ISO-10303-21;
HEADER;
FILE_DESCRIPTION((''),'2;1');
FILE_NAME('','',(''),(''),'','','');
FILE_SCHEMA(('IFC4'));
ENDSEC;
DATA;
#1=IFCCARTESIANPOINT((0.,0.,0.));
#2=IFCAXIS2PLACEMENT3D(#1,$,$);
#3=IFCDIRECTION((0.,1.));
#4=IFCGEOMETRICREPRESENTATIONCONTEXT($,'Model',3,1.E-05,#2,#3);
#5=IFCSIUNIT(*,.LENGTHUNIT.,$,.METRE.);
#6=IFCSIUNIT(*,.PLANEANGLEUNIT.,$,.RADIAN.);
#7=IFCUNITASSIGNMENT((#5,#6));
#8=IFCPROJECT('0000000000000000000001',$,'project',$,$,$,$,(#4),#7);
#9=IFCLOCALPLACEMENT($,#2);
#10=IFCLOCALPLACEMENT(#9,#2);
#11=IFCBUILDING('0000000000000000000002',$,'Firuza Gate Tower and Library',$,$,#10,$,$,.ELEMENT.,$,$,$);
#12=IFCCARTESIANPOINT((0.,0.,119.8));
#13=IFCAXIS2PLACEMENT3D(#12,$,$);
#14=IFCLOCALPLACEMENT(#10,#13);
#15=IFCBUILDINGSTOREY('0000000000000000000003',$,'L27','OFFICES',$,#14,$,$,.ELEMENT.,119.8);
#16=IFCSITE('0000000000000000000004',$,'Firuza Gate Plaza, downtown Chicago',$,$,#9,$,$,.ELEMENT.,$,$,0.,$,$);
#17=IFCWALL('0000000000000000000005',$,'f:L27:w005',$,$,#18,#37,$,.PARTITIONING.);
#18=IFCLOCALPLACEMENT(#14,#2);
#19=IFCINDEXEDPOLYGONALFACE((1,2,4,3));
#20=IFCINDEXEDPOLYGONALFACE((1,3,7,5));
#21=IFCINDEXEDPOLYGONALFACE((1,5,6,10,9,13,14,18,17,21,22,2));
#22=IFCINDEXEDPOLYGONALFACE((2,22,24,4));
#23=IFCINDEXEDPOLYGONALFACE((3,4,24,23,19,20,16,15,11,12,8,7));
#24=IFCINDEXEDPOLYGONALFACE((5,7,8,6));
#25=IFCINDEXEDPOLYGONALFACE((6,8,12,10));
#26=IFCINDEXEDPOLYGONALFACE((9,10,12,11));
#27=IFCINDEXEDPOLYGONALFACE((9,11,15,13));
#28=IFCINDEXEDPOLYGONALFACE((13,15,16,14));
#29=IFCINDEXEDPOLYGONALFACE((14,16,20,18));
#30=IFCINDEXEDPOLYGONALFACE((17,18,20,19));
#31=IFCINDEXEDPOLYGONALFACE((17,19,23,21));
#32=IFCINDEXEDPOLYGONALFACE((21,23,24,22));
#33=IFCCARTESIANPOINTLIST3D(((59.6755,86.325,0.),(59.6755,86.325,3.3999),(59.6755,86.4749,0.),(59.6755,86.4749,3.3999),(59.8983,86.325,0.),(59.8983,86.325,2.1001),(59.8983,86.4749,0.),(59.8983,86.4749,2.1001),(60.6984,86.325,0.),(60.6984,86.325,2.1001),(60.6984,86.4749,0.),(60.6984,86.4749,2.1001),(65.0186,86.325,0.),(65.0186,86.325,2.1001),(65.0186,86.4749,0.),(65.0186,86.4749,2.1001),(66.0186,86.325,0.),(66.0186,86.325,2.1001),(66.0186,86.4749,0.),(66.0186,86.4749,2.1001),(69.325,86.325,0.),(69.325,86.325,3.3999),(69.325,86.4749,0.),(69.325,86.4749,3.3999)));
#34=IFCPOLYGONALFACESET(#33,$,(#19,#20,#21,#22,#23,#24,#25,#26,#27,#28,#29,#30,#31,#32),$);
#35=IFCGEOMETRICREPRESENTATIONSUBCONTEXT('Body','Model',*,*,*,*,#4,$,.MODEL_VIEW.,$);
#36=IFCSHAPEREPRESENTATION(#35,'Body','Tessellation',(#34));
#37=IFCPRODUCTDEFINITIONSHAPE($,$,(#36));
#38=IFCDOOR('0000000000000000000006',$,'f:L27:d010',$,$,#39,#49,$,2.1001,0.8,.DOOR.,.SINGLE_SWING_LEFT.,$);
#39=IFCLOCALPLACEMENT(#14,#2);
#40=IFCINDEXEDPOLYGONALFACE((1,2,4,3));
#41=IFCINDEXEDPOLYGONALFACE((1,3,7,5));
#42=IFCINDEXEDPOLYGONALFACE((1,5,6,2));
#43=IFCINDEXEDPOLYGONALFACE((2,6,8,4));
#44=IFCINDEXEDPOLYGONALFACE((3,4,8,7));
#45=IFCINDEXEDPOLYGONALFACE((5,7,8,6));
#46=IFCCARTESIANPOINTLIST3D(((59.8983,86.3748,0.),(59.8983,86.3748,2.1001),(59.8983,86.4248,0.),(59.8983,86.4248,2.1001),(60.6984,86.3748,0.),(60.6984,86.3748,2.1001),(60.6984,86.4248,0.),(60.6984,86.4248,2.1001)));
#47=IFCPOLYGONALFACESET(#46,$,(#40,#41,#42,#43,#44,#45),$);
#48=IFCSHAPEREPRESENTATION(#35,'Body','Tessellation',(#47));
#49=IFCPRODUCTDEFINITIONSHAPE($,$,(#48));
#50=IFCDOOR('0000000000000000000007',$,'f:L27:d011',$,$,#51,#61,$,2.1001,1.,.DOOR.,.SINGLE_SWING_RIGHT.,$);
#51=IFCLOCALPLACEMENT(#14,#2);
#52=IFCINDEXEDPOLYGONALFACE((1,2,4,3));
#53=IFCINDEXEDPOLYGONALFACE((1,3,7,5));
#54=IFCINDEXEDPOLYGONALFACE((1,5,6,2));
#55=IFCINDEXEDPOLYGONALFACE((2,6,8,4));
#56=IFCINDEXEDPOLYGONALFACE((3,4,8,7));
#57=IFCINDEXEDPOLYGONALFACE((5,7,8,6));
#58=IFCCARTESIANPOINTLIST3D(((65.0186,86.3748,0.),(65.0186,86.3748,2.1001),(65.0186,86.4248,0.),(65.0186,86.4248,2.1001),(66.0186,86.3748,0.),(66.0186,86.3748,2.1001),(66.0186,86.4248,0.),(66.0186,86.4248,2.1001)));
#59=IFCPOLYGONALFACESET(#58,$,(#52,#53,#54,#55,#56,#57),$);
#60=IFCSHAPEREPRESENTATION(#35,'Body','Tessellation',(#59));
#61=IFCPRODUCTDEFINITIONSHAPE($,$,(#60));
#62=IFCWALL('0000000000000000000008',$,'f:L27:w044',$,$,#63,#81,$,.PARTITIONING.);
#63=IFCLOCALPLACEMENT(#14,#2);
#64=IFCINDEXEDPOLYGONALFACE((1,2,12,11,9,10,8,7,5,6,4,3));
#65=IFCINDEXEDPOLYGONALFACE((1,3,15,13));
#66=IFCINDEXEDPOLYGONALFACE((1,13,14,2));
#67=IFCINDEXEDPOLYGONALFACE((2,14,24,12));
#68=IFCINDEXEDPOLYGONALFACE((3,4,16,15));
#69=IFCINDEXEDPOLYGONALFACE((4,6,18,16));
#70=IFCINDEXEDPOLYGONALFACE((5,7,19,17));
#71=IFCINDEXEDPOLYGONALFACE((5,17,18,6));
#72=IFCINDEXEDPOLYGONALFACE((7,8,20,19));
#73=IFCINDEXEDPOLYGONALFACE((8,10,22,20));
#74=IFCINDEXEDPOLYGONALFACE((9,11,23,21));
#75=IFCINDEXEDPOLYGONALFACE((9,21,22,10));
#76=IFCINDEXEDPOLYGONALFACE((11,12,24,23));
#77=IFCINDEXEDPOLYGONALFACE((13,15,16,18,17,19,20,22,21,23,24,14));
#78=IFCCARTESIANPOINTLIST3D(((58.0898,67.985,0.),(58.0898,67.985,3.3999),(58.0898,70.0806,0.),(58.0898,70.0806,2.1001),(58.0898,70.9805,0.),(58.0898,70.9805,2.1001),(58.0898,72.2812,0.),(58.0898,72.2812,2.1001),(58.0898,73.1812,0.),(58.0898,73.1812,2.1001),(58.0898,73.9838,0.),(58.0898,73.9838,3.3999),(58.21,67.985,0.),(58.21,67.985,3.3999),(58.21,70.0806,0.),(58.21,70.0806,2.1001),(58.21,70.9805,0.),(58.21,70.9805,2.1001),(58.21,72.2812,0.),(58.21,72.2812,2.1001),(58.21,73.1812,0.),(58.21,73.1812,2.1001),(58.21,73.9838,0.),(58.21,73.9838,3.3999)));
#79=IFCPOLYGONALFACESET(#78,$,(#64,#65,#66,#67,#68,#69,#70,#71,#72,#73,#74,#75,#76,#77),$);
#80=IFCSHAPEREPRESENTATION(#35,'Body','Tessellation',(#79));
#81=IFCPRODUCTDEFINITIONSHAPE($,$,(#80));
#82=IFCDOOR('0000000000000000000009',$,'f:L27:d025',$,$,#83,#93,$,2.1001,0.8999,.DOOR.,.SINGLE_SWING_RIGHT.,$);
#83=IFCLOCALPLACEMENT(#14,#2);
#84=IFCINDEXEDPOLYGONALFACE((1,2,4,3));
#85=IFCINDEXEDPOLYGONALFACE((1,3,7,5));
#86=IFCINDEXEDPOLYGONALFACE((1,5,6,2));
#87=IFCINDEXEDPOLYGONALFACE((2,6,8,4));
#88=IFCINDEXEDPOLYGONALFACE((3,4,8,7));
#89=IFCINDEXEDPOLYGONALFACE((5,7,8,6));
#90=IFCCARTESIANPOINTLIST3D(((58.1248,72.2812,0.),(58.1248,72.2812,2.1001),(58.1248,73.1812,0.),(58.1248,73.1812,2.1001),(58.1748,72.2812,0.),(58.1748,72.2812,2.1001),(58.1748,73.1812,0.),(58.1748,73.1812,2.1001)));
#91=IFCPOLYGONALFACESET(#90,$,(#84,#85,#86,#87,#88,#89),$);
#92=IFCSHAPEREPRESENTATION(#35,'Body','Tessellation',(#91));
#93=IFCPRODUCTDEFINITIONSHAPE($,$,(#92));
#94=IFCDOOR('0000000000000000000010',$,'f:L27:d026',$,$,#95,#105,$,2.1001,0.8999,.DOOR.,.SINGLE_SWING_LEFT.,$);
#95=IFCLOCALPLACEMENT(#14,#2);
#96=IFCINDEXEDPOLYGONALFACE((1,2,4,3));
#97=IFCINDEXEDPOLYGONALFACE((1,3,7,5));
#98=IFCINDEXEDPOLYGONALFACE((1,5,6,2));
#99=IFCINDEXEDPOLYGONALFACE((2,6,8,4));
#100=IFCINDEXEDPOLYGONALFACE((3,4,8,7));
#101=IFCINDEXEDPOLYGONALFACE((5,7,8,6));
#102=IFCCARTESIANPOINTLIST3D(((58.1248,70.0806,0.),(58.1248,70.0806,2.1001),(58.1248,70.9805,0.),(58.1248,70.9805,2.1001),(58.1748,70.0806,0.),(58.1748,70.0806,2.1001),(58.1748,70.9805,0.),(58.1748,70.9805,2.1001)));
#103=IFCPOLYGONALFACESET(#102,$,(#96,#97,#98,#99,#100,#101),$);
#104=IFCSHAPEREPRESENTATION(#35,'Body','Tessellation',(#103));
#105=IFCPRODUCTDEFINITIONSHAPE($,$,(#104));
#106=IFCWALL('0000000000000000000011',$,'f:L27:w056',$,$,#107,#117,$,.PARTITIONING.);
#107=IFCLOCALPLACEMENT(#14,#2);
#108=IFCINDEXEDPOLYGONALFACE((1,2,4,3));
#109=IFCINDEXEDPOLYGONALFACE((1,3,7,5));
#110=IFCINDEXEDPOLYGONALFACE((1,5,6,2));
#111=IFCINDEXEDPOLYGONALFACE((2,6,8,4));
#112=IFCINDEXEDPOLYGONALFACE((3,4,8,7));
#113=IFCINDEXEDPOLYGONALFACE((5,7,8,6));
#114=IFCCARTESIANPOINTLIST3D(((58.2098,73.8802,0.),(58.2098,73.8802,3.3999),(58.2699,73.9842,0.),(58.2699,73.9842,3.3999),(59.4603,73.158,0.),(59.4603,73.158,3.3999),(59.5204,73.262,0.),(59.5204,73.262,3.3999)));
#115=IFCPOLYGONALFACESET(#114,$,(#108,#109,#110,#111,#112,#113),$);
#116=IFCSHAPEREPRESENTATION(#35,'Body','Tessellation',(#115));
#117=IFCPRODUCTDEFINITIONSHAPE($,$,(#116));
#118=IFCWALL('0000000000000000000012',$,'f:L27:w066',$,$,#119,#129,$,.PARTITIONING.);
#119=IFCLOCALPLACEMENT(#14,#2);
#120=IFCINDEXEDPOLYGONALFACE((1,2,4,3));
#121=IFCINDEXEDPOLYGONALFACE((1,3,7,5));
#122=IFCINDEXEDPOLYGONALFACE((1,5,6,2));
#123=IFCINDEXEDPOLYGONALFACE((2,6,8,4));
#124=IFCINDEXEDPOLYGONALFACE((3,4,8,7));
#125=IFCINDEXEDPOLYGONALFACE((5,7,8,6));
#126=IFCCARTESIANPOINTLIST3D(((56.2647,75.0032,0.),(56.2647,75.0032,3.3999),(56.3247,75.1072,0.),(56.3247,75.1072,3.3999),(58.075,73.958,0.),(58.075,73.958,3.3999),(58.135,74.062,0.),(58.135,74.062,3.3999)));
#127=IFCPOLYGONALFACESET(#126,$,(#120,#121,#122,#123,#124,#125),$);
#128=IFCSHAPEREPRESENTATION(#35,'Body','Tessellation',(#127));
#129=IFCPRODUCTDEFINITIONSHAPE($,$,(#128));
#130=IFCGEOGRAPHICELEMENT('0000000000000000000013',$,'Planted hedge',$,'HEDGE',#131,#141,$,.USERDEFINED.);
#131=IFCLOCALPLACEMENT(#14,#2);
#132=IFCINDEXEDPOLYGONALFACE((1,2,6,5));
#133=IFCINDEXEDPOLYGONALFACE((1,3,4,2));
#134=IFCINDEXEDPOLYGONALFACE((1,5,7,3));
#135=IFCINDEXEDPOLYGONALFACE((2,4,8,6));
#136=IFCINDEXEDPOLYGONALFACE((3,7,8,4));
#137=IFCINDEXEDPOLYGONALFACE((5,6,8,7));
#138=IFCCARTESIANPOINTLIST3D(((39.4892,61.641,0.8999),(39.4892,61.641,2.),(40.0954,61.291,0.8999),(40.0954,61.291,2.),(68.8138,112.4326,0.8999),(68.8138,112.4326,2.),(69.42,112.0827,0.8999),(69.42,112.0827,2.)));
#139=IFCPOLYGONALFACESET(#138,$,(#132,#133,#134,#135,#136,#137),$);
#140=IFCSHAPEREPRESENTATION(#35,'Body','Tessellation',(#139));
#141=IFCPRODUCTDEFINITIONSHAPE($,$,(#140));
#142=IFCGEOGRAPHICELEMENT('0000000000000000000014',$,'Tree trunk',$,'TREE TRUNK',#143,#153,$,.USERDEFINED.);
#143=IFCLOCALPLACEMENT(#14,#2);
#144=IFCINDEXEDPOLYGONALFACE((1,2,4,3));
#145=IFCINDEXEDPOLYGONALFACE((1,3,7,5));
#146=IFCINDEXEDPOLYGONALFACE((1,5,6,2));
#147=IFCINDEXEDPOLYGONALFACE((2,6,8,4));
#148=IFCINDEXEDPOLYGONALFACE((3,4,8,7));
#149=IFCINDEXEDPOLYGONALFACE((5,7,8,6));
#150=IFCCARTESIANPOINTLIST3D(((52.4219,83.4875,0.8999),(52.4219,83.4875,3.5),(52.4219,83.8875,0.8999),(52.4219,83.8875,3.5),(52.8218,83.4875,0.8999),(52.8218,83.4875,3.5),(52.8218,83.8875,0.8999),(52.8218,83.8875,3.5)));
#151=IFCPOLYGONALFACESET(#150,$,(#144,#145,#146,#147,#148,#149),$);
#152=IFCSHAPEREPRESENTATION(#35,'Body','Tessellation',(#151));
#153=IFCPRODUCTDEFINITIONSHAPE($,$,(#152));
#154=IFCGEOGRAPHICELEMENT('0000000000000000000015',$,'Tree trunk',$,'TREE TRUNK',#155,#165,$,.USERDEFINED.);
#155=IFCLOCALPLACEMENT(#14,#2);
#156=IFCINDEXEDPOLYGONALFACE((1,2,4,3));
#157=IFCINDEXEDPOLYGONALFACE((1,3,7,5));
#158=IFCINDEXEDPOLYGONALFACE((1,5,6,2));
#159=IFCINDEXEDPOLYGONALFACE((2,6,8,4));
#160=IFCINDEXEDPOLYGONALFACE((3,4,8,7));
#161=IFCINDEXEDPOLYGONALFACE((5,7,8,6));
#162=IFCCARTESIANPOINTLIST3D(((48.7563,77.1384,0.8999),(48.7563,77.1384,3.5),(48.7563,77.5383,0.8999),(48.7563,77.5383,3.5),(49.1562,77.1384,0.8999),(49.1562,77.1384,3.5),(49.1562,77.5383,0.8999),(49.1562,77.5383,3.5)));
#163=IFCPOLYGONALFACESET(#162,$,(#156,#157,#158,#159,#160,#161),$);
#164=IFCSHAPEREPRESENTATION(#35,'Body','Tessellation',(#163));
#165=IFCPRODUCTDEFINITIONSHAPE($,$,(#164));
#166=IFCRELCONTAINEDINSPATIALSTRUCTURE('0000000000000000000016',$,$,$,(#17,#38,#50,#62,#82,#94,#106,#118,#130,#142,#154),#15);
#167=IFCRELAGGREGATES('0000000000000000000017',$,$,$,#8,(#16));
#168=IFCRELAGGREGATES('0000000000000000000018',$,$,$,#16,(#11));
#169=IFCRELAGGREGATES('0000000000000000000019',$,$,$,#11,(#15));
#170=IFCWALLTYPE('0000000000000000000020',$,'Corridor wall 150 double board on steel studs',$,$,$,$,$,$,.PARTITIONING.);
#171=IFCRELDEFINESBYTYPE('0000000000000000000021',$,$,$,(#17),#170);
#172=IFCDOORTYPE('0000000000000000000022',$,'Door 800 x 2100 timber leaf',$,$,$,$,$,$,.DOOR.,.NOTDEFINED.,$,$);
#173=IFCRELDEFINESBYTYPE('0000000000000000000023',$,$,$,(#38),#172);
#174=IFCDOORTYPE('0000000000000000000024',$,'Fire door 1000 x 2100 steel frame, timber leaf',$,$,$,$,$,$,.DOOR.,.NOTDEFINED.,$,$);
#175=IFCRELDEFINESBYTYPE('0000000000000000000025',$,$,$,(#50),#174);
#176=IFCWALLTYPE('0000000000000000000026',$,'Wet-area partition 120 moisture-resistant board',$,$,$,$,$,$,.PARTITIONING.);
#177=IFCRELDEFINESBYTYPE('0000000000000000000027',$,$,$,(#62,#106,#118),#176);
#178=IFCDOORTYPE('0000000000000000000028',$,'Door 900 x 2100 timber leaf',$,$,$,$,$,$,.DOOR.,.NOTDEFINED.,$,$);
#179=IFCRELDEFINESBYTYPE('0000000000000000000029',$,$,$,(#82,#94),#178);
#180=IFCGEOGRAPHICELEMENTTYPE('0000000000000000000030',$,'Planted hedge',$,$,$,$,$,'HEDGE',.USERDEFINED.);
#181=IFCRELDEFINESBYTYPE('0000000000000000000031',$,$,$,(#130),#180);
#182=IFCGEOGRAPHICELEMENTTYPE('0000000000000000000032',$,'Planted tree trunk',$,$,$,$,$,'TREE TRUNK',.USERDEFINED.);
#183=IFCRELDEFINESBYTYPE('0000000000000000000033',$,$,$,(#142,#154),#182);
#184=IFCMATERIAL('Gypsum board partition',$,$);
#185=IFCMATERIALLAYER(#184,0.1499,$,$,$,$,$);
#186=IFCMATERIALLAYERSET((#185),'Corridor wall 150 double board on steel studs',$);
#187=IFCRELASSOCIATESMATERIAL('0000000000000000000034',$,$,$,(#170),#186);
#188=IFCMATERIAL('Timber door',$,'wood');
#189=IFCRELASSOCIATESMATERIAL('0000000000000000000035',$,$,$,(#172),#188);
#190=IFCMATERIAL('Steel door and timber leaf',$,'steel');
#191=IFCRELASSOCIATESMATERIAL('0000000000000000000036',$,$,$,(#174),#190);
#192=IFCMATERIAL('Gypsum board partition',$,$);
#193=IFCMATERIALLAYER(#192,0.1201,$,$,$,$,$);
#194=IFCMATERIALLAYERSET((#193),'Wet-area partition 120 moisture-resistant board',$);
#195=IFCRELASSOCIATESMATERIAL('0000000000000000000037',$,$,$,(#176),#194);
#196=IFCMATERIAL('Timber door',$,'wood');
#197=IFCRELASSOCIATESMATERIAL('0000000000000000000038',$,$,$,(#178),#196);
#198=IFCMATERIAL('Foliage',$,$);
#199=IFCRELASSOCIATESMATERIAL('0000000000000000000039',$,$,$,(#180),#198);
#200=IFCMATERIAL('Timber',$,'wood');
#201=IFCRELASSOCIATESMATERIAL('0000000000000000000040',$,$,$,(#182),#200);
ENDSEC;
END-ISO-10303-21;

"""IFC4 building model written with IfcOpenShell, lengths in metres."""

from ifc_helpers import new_model, si_unit, direction, frame, frame_2d, origin, origin_2d, place, context, subcontext, project, spatial, rectangle, extrude, material, layer, layer_set, type_object, element, fill, save


model = new_model("IFC4")

# Units and contexts
model_context = context("Model", 3, precision=1e-05, world=origin(), true_north=direction((0.0, 1.0)))
body_context = subcontext(model_context, "Body", "Model", "MODEL_VIEW")
ifc_project = project(units=[si_unit("LENGTHUNIT", "METRE"), si_unit("PLANEANGLEUNIT", "RADIAN")], contexts=[model_context])

# Site, building, storey
site_placement = place(None, origin())
site = spatial("IfcSite", under=ifc_project, at=site_placement, Name="Firuza Gate Plaza, downtown Chicago", CompositionType="ELEMENT", RefElevation=0.0)
building_placement = place(site_placement, origin())
building = spatial("IfcBuilding", under=site, at=building_placement, Name="Firuza Gate Tower and Library", CompositionType="ELEMENT")
storey_placement = place(building_placement, frame((0.0, 0.0, 119.8)))
storey = spatial("IfcBuildingStorey", under=building, at=storey_placement, Name="L27", Description="OFFICES", CompositionType="ELEMENT", Elevation=119.8)

# Walls, openings, doors
ifc_material_1 = material(Name="Gypsum board partition")
ifc_layer_1 = layer(ifc_material_1, 0.1499)
ifc_layer_set_1 = layer_set([ifc_layer_1], Name="Corridor wall 150 double board on steel studs")
wall_type_1 = type_object("IfcWallType", Name="Corridor wall 150 double board on steel studs", PredefinedType="PARTITIONING", material=ifc_layer_set_1)
wall_1_placement = place(storey_placement, frame((59.6755, 86.3999, 0.0), z_axis=(0.0, 0.0, 1.0), x_axis=(1.0, 0.0, 0.0)))
wall_1 = element("IfcWall", 1, at=wall_1_placement, inside=storey, type_object=wall_type_1, Name="f:L27:w005", PredefinedType="PARTITIONING", context=body_context, shape_type="SweptSolid", body=[
    extrude(rectangle(XDim=9.6494, YDim=0.1499, at=frame_2d((4.8247, 0.0))), origin(), (0.0, 0.0, 1.0), 3.3999),
])
opening_1_placement = place(wall_1_placement, frame((0.2229, 0.0, 0.0)))
opening_1 = element("IfcOpeningElement", 2, at=opening_1_placement, cuts=wall_1, PredefinedType="OPENING", context=body_context, shape_type="SweptSolid", body=[
    extrude(rectangle(XDim=0.8, YDim=2.1001, at=frame_2d((0.3999, 1.05))), frame((0.0, 0.085, 0.0), z_axis=(0.0, -1.0, 0.0), x_axis=(1.0, 0.0, 0.0)), (0.0, 0.0, 1.0), 0.1699),
])
opening_2_placement = place(wall_1_placement, frame((5.343, 0.0, 0.0)))
opening_2 = element("IfcOpeningElement", 3, at=opening_2_placement, cuts=wall_1, PredefinedType="OPENING", context=body_context, shape_type="SweptSolid", body=[
    extrude(rectangle(XDim=1.0, YDim=2.1001, at=frame_2d((0.5, 1.05))), frame((0.0, 0.085, 0.0), z_axis=(0.0, -1.0, 0.0), x_axis=(1.0, 0.0, 0.0)), (0.0, 0.0, 1.0), 0.1699),
])
ifc_material_2 = material(Name="Timber door", Category="wood")
door_type_1 = type_object("IfcDoorType", Name="Door 800 x 2100 timber leaf", OperationType="NOTDEFINED", PredefinedType="DOOR", material=ifc_material_2)
door_1_placement = place(opening_1_placement, origin())
door_1 = element("IfcDoor", 4, at=door_1_placement, inside=storey, type_object=door_type_1, Name="f:L27:d010", OperationType="SINGLE_SWING_LEFT", OverallHeight=2.1001, OverallWidth=0.8, PredefinedType="DOOR", context=body_context, shape_type="SweptSolid", body=[
    extrude(rectangle(XDim=0.8, YDim=2.1001, at=frame_2d((0.3999, 1.05))), frame((0.0, 0.0249, 0.0), z_axis=(0.0, -1.0, 0.0), x_axis=(1.0, 0.0, 0.0)), (0.0, 0.0, 1.0), 0.05),
])
fill(opening_1, door_1)
ifc_material_3 = material(Name="Steel door and timber leaf", Category="steel")
door_type_2 = type_object("IfcDoorType", Name="Fire door 1000 x 2100 steel frame, timber leaf", OperationType="NOTDEFINED", PredefinedType="DOOR", material=ifc_material_3)
door_2_placement = place(opening_2_placement, origin())
door_2 = element("IfcDoor", 5, at=door_2_placement, inside=storey, type_object=door_type_2, Name="f:L27:d011", OperationType="SINGLE_SWING_RIGHT", OverallHeight=2.1001, OverallWidth=1.0, PredefinedType="DOOR", context=body_context, shape_type="SweptSolid", body=[
    extrude(rectangle(XDim=1.0, YDim=2.1001, at=frame_2d((0.5, 1.05))), frame((0.0, 0.0249, 0.0), z_axis=(0.0, -1.0, 0.0), x_axis=(1.0, 0.0, 0.0)), (0.0, 0.0, 1.0), 0.05),
])
fill(opening_2, door_2)
ifc_material_4 = material(Name="Gypsum board partition")
ifc_layer_2 = layer(ifc_material_4, 0.1201)
ifc_layer_set_2 = layer_set([ifc_layer_2], Name="Wet-area partition 120 moisture-resistant board")
wall_type_2 = type_object("IfcWallType", Name="Wet-area partition 120 moisture-resistant board", PredefinedType="PARTITIONING", material=ifc_layer_set_2)
wall_2_placement = place(storey_placement, frame((58.1499, 73.9839, 0.0), z_axis=(0.0, 0.0, 1.0), x_axis=(0.0, -1.0, 0.0)))
wall_2 = element("IfcWall", 6, at=wall_2_placement, inside=storey, type_object=wall_type_2, Name="f:L27:w044", PredefinedType="PARTITIONING", context=body_context, shape_type="SweptSolid", body=[
    extrude(rectangle(XDim=5.9988, YDim=0.1201, at=frame_2d((2.9995, 0.0))), origin(), (0.0, 0.0, 1.0), 3.3999),
])
opening_3_placement = place(wall_2_placement, frame((0.8027, 0.0, 0.0)))
opening_3 = element("IfcOpeningElement", 7, at=opening_3_placement, cuts=wall_2, PredefinedType="OPENING", context=body_context, shape_type="SweptSolid", body=[
    extrude(rectangle(XDim=0.8999, YDim=2.1001, at=frame_2d((0.45, 1.05))), frame((0.0, 0.0701, 0.0), z_axis=(0.0, -1.0, 0.0), x_axis=(1.0, 0.0, 0.0)), (0.0, 0.0, 1.0), 0.1401),
])
opening_4_placement = place(wall_2_placement, frame((3.0034, 0.0, 0.0)))
opening_4 = element("IfcOpeningElement", 8, at=opening_4_placement, cuts=wall_2, PredefinedType="OPENING", context=body_context, shape_type="SweptSolid", body=[
    extrude(rectangle(XDim=0.8999, YDim=2.1001, at=frame_2d((0.45, 1.05))), frame((0.0, 0.0701, 0.0), z_axis=(0.0, -1.0, 0.0), x_axis=(1.0, 0.0, 0.0)), (0.0, 0.0, 1.0), 0.1401),
])
ifc_material_5 = material(Name="Timber door", Category="wood")
door_type_3 = type_object("IfcDoorType", Name="Door 900 x 2100 timber leaf", OperationType="NOTDEFINED", PredefinedType="DOOR", material=ifc_material_5)
door_3_placement = place(opening_3_placement, origin())
door_3 = element("IfcDoor", 9, at=door_3_placement, inside=storey, type_object=door_type_3, Name="f:L27:d025", OperationType="SINGLE_SWING_RIGHT", OverallHeight=2.1001, OverallWidth=0.8999, PredefinedType="DOOR", context=body_context, shape_type="SweptSolid", body=[
    extrude(rectangle(XDim=0.8999, YDim=2.1001, at=frame_2d((0.45, 1.05))), frame((0.0, 0.0249, 0.0), z_axis=(0.0, -1.0, 0.0), x_axis=(1.0, 0.0, 0.0)), (0.0, 0.0, 1.0), 0.05),
])
fill(opening_3, door_3)
door_4_placement = place(opening_4_placement, origin())
door_4 = element("IfcDoor", 10, at=door_4_placement, inside=storey, type_object=door_type_3, Name="f:L27:d026", OperationType="SINGLE_SWING_LEFT", OverallHeight=2.1001, OverallWidth=0.8999, PredefinedType="DOOR", context=body_context, shape_type="SweptSolid", body=[
    extrude(rectangle(XDim=0.8999, YDim=2.1001, at=frame_2d((0.45, 1.05))), frame((0.0, 0.0249, 0.0), z_axis=(0.0, -1.0, 0.0), x_axis=(1.0, 0.0, 0.0)), (0.0, 0.0, 1.0), 0.05),
])
fill(opening_4, door_4)

# Walls
wall_3_placement = place(storey_placement, frame((59.4905, 73.21, 0.0), z_axis=(0.0, 0.0, 1.0), x_axis=(-0.865966, 0.500103, 0.0)))
element("IfcWall", 11, at=wall_3_placement, inside=storey, type_object=wall_type_2, Name="f:L27:w056", PredefinedType="PARTITIONING", context=body_context, shape_type="SweptSolid", body=[
    extrude(rectangle(XDim=1.4441, YDim=0.1201, at=frame_2d((0.7222, 0.0))), origin(), (0.0, 0.0, 1.0), 3.3999),
])
wall_4_placement = place(storey_placement, frame((58.105, 74.01, 0.0), z_axis=(0.0, 0.0, 1.0), x_axis=(-0.866028, 0.499995, 0.0)))
element("IfcWall", 12, at=wall_4_placement, inside=storey, type_object=wall_type_2, Name="f:L27:w066", PredefinedType="PARTITIONING", context=body_context, shape_type="SweptSolid", body=[
    extrude(rectangle(XDim=2.0903, YDim=0.1201, at=frame_2d((1.0452, 0.0))), origin(), (0.0, 0.0, 1.0), 3.3999),
])

# Geographic elements
ifc_material_6 = material(Name="Foliage")
geographic_element_type_1 = type_object("IfcGeographicElementType", Name="Planted hedge", ElementType="HEDGE", PredefinedType="USERDEFINED", material=ifc_material_6)
geographic_element_placement = place(storey_placement, frame((54.4546, 86.8618, 0.8999), z_axis=(0.0, 0.0, 1.0), x_axis=(-0.5, -0.866025, 0.0)))
element("IfcGeographicElement", 13, at=geographic_element_placement, inside=storey, type_object=geographic_element_type_1, Name="Planted hedge", ObjectType="HEDGE", PredefinedType="USERDEFINED", context=body_context, shape_type="SweptSolid", body=[
    extrude(rectangle(XDim=58.6492, YDim=0.7, at=origin_2d()), origin(), (0.0, 0.0, 1.0), 1.1001),
])
ifc_material_7 = material(Name="Timber", Category="wood")
geographic_element_type_2 = type_object("IfcGeographicElementType", Name="Planted tree trunk", ElementType="TREE TRUNK", PredefinedType="USERDEFINED", material=ifc_material_7)
for number, where, z_axis, x_axis, name in (
    (14, (52.6218, 83.6875, 0.8999), (0.0, 0.0, 1.0), (1.0, 0.0, 0.0), "Tree trunk"),
    (15, (48.9563, 77.3384, 0.8999), (0.0, 0.0, 1.0), (1.0, 0.0, 0.0), "Tree trunk"),
):
    element("IfcGeographicElement", number, at=place(storey_placement, frame(where, z_axis=z_axis, x_axis=x_axis)), inside=storey, type_object=geographic_element_type_2, Name=name, ObjectType="TREE TRUNK", PredefinedType="USERDEFINED", context=body_context, shape_type="SweptSolid", body=[
        extrude(rectangle(XDim=0.3999, YDim=0.3999, at=origin_2d()), origin(), (0.0, 0.0, 1.0), 2.6001),
    ])

save(model, "model.ifc")
